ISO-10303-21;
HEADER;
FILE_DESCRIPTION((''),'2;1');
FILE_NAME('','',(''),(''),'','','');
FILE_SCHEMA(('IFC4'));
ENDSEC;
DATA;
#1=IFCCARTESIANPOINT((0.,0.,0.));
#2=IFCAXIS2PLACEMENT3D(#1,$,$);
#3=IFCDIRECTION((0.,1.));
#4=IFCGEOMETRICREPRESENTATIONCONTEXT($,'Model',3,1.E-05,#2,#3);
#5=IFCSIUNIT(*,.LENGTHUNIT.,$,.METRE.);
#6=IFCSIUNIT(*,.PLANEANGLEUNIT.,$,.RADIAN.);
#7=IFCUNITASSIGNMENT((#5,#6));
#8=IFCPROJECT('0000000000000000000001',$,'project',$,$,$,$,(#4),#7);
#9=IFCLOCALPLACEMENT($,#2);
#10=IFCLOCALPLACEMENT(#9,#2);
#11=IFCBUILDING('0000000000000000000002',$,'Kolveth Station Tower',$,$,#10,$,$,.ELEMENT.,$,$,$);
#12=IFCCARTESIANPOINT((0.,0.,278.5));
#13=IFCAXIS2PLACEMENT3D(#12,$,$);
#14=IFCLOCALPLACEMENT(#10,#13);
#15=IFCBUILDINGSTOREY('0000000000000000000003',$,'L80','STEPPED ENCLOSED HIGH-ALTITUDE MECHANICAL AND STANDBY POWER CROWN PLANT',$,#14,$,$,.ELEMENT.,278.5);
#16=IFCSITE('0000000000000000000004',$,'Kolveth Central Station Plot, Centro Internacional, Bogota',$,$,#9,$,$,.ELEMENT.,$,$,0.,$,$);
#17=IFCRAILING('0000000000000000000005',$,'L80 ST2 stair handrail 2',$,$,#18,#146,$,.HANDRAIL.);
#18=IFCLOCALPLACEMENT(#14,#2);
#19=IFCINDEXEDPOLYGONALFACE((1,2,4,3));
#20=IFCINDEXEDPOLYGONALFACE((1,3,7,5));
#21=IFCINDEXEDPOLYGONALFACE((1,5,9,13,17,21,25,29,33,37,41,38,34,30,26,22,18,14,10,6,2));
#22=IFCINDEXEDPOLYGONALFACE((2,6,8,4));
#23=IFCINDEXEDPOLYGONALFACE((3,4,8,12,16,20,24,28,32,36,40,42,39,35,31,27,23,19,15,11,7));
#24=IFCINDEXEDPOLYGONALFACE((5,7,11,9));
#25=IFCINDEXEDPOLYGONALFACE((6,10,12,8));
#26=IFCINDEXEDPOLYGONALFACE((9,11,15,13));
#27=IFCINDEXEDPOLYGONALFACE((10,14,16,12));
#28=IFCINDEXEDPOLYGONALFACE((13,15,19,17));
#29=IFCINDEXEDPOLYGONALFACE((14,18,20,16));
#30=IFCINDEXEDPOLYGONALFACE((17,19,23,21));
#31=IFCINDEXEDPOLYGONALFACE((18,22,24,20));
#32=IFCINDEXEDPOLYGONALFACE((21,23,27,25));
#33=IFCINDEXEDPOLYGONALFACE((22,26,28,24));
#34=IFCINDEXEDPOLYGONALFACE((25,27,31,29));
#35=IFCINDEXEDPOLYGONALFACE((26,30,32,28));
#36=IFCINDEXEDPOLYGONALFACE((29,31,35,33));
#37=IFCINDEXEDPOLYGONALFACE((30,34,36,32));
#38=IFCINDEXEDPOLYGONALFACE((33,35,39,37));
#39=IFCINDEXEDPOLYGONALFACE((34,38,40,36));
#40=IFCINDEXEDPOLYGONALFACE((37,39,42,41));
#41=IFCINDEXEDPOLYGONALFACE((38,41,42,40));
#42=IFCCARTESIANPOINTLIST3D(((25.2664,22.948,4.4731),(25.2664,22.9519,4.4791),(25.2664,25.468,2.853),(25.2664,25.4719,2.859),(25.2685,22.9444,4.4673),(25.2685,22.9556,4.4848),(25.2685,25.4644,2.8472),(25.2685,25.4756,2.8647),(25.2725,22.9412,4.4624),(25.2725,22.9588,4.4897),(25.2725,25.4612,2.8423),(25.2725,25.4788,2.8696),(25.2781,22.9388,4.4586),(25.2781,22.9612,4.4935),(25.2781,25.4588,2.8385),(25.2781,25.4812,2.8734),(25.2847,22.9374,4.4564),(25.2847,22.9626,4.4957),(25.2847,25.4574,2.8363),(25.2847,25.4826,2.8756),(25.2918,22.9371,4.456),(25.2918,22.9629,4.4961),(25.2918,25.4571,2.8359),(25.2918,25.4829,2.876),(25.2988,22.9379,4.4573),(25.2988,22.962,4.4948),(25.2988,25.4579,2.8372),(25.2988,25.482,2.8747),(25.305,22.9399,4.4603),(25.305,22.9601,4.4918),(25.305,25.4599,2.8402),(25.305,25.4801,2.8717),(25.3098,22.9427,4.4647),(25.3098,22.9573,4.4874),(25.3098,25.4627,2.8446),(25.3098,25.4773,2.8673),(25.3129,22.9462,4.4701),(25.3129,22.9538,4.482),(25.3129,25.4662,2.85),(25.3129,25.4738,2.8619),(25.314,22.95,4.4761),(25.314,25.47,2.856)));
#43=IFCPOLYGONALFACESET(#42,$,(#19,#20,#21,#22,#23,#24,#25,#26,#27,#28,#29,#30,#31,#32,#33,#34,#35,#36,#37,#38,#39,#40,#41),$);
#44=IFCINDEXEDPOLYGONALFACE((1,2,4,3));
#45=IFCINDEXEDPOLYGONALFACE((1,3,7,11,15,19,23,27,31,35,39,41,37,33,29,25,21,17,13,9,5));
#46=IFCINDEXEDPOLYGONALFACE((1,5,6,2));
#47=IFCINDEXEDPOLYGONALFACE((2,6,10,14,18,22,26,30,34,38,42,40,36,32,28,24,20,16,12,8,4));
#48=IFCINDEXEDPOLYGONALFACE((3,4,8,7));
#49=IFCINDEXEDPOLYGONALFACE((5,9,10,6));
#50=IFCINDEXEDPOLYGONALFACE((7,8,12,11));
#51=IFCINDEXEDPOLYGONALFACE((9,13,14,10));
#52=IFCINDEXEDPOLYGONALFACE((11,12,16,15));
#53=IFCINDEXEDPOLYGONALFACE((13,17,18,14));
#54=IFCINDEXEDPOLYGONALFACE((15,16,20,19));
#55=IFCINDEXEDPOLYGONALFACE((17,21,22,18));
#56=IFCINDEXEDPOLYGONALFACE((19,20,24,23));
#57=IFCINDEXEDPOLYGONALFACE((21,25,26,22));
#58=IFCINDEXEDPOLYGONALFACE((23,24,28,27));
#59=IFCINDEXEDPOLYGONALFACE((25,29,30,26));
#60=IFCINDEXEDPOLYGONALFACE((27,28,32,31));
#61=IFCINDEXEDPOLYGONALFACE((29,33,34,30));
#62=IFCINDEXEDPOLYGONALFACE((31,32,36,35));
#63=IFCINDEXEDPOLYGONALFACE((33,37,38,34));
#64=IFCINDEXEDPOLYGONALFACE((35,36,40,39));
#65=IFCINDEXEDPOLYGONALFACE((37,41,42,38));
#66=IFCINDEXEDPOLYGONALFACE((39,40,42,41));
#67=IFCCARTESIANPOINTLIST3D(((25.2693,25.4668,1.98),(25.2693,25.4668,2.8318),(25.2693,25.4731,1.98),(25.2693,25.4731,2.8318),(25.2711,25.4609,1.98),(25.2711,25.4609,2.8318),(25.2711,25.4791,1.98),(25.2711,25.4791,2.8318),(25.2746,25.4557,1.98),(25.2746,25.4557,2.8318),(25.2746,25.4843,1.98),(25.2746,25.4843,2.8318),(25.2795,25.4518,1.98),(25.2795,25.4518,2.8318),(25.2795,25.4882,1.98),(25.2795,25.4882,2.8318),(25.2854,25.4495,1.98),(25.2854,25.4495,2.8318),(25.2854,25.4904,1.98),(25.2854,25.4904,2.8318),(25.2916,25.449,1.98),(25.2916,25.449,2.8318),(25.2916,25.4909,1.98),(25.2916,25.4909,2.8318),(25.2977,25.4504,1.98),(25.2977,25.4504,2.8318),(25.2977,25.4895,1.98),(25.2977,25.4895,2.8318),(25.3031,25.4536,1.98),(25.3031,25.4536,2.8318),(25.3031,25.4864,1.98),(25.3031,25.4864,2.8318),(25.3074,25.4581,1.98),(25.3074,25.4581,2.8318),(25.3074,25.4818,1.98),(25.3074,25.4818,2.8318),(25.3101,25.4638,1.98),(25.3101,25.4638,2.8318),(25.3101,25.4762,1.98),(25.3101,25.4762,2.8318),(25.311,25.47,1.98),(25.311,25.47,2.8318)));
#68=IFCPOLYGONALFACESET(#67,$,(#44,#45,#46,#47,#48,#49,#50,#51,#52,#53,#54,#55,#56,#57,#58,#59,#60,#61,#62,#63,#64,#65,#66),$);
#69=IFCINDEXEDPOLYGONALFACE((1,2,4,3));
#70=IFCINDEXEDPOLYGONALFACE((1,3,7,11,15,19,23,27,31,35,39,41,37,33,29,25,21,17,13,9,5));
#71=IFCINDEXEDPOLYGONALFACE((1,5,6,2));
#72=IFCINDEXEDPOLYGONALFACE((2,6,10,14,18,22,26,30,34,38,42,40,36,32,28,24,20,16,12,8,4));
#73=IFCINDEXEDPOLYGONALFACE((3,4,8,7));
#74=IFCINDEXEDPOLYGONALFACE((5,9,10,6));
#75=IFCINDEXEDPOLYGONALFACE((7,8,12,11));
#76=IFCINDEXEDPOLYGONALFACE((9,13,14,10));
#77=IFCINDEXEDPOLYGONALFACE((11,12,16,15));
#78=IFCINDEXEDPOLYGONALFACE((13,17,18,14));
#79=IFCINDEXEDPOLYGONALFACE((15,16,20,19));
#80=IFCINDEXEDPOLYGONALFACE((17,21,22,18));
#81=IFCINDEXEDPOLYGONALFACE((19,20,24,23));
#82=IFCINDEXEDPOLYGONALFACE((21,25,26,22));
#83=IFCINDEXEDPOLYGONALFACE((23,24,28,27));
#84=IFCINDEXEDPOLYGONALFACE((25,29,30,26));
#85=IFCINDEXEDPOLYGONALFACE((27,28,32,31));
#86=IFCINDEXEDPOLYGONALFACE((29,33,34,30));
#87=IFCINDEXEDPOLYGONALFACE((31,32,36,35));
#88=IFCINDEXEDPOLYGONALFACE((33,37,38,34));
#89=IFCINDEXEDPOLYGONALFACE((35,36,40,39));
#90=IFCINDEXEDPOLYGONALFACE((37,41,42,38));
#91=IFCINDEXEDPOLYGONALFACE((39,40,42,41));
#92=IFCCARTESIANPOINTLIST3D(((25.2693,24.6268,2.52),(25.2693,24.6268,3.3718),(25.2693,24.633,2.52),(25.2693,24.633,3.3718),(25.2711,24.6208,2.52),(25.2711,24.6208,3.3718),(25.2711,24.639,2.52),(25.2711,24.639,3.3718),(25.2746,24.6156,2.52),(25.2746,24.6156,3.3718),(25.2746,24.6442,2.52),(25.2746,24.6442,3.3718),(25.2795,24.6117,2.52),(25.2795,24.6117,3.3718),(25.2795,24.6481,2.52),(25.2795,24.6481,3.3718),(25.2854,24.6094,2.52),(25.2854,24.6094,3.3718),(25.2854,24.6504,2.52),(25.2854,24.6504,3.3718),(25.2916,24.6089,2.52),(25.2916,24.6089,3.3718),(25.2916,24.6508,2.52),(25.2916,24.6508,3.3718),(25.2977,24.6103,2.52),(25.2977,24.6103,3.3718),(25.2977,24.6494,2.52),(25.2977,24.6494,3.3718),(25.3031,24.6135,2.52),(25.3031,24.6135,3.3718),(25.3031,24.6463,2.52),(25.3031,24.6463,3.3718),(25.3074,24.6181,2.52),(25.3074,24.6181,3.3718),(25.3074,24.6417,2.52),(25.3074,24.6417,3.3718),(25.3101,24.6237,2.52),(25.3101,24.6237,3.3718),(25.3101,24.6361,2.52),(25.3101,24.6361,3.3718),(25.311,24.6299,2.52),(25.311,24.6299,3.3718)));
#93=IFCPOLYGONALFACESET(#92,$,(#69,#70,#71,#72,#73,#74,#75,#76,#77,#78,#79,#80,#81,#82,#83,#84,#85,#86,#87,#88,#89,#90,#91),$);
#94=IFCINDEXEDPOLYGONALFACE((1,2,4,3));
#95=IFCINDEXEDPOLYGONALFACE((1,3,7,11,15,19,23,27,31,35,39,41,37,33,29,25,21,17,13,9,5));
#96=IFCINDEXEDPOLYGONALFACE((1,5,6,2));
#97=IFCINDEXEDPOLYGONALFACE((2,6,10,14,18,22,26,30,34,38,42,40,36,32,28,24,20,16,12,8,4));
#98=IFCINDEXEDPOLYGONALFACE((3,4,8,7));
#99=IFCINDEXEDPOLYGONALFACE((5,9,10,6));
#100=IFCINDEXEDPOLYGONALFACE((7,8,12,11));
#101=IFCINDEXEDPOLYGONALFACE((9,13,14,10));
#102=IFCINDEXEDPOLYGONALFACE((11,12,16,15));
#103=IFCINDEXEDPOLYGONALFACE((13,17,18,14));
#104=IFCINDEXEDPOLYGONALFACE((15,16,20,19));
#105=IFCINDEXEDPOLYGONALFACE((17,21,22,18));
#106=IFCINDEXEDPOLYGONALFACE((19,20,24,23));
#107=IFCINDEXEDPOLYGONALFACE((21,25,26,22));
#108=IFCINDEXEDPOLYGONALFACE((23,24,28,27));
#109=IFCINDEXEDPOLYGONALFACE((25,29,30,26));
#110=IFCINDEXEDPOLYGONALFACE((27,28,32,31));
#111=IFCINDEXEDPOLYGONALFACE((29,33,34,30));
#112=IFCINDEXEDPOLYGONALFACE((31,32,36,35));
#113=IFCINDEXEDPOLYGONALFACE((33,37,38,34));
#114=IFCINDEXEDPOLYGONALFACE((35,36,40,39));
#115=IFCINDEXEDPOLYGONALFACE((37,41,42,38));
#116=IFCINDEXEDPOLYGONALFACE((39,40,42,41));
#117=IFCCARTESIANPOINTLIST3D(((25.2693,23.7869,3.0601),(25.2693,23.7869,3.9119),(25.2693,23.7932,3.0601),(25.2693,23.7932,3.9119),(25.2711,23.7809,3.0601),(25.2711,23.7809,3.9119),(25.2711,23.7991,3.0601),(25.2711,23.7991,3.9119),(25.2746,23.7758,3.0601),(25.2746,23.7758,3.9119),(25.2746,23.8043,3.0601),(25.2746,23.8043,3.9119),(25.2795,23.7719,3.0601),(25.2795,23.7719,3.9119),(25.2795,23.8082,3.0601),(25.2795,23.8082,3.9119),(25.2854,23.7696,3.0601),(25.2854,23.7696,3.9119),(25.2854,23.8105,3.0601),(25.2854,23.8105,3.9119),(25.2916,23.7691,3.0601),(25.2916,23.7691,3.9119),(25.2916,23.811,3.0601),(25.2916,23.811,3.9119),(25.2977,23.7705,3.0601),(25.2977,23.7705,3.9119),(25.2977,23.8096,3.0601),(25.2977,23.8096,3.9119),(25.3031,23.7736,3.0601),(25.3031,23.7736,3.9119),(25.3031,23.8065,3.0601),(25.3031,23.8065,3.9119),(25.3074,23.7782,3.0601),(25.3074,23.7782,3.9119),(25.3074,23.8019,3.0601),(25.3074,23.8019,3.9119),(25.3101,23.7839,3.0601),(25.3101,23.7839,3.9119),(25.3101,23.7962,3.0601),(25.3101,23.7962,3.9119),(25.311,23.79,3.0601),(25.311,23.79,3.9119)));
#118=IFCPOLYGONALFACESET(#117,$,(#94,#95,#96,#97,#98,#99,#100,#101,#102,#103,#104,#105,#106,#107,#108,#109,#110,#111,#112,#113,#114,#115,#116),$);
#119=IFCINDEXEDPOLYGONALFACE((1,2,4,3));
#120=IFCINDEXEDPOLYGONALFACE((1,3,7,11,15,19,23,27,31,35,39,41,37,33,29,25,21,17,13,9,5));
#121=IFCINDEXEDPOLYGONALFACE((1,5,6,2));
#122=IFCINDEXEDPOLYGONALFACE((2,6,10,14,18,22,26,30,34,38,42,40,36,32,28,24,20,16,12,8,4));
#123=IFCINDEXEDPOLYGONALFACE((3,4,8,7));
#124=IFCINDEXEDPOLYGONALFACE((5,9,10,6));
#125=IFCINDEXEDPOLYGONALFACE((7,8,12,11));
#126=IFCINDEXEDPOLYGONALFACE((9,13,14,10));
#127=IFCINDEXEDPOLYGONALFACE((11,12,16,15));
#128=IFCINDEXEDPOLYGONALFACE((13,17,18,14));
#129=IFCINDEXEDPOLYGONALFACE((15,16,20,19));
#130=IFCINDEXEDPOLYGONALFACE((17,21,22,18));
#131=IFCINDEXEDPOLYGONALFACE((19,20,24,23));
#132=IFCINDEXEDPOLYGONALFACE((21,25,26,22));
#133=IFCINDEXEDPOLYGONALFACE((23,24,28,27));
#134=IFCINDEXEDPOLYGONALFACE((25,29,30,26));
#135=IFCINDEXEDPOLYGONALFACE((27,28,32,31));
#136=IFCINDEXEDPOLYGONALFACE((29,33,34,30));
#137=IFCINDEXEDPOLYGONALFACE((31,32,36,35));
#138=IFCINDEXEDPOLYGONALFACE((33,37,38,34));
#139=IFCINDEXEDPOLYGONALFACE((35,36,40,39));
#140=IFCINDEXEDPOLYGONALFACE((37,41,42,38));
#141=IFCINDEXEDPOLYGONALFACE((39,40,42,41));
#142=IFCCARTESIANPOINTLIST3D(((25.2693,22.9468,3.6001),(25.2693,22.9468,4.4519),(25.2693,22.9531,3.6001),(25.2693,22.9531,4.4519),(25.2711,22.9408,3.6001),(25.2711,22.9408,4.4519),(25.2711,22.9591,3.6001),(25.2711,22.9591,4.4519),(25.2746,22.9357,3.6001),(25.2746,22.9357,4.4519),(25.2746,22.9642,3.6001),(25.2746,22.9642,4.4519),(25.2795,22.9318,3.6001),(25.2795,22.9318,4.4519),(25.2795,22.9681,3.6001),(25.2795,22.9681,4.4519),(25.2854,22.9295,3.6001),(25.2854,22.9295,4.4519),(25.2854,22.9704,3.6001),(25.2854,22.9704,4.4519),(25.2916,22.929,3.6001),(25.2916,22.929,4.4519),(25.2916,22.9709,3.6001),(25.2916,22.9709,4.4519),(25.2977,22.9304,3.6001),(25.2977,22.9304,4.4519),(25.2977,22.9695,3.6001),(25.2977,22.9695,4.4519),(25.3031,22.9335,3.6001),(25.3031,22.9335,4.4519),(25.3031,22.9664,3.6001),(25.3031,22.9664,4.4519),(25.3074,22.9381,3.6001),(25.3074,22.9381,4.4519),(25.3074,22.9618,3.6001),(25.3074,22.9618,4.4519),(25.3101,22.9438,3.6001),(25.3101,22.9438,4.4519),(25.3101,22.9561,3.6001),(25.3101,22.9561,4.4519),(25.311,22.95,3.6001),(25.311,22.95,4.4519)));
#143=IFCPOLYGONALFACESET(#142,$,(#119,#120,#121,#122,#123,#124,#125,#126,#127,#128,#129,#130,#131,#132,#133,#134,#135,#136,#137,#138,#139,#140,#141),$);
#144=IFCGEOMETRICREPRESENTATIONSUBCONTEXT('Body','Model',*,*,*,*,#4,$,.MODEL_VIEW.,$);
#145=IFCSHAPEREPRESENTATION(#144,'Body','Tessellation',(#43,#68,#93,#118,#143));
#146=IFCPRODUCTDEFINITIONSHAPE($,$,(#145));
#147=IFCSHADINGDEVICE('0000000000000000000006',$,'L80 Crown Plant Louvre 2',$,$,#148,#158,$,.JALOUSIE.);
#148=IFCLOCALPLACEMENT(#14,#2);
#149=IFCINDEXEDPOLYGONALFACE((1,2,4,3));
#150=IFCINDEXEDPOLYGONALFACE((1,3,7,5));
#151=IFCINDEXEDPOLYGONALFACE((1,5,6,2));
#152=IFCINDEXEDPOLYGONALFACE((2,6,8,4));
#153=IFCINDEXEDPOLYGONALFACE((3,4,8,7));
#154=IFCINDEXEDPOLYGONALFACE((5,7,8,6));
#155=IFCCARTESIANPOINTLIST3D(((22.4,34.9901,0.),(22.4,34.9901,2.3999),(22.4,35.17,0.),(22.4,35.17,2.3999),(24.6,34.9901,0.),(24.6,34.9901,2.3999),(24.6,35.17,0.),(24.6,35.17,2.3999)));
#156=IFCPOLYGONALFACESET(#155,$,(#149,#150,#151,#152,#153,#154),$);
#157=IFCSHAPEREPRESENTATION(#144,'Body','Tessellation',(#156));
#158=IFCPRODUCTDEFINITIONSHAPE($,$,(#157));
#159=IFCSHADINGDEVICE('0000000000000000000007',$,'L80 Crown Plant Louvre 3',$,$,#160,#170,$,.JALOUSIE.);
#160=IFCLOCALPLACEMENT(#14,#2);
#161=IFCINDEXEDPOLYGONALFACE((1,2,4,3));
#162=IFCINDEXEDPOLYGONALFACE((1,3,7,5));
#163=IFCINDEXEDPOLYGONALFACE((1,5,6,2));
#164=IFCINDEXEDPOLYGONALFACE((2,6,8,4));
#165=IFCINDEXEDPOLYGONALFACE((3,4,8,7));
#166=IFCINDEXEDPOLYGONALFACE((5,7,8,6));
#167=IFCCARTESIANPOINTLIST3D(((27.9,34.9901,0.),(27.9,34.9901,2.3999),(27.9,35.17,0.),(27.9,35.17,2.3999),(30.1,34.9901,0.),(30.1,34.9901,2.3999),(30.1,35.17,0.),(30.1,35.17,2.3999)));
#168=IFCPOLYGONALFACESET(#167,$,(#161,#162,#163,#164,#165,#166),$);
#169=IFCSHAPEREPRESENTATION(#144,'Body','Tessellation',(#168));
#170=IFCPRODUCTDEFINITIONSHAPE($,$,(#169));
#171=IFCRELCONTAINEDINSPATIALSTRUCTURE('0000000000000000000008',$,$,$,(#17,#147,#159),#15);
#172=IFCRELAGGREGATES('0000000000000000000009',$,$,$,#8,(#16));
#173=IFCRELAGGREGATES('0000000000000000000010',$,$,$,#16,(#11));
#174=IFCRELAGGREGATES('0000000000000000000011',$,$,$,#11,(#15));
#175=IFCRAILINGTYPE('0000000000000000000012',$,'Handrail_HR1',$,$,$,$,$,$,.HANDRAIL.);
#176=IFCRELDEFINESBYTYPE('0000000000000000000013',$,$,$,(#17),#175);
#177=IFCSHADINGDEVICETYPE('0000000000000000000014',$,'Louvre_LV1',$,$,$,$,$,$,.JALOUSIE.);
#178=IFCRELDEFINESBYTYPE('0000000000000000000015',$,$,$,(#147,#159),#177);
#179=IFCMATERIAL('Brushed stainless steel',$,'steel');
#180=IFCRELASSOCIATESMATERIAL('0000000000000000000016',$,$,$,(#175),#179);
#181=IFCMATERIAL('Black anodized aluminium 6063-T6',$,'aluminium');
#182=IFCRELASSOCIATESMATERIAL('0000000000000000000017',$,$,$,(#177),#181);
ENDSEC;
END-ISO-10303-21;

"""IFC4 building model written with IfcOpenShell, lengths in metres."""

from ifc_helpers import new_model, si_unit, direction, frame, origin, origin_2d, place, context, subcontext, project, spatial, rectangle, circle, extrude, source, transform, mapped, material, type_object, element, save


model = new_model("IFC4")

# Units and contexts
model_context = context("Model", 3, precision=1e-05, world=origin(), true_north=direction((0.0, 1.0)))
body_context = subcontext(model_context, "Body", "Model", "MODEL_VIEW")
ifc_project = project(units=[si_unit("LENGTHUNIT", "METRE"), si_unit("PLANEANGLEUNIT", "RADIAN")], contexts=[model_context])

# Site, building, storey
site_placement = place(None, origin())
site = spatial("IfcSite", under=ifc_project, at=site_placement, Name="Kolveth Central Station Plot, Centro Internacional, Bogota", CompositionType="ELEMENT", RefElevation=0.0)
building_placement = place(site_placement, origin())
building = spatial("IfcBuilding", under=site, at=building_placement, Name="Kolveth Station Tower", CompositionType="ELEMENT")
storey_placement = place(building_placement, frame((0.0, 0.0, 278.5)))
storey = spatial("IfcBuildingStorey", under=building, at=storey_placement, Name="L80", Description="STEPPED ENCLOSED HIGH-ALTITUDE MECHANICAL AND STANDBY POWER CROWN PLANT", CompositionType="ELEMENT", Elevation=278.5)

# Railing
ifc_material_1 = material(Name="Brushed stainless steel", Category="steel")
railing_type_1 = type_object("IfcRailingType", Name="Handrail_HR1", PredefinedType="HANDRAIL", material=ifc_material_1)
railing_1_placement = place(storey_placement, frame((25.29, 25.47, 1.98)))
element("IfcRailing", 1, at=railing_1_placement, inside=storey, type_object=railing_type_1, Name="L80 ST2 stair handrail 2", PredefinedType="HANDRAIL", context=body_context, shape_type="SweptSolid", body=[
    extrude(circle(Radius=0.0239, at=origin_2d()), frame((0.0, 0.0, 0.876), z_axis=(0.0, -0.841163, 0.540782), x_axis=(1.0, 0.0, 0.0)), (0.0, 0.0, 1.0), 2.9958),
    extrude(circle(Radius=0.021, at=origin_2d()), origin(), (0.0, 0.0, 1.0), 0.8518),
    extrude(circle(Radius=0.021, at=origin_2d()), frame((0.0, -0.8401, 0.54)), (0.0, 0.0, 1.0), 0.8518),
    extrude(circle(Radius=0.021, at=origin_2d()), frame((0.0, -1.6799, 1.0801)), (0.0, 0.0, 1.0), 0.8518),
    extrude(circle(Radius=0.021, at=origin_2d()), frame((0.0, -2.52, 1.6201)), (0.0, 0.0, 1.0), 0.8518),
])

# Shading devices
ifc_material_2 = material(Name="Black anodized aluminium 6063-T6", Category="aluminium")
shading_device_type = type_object("IfcShadingDeviceType", Name="Louvre_LV1", PredefinedType="JALOUSIE", material=ifc_material_2)
shared_shape_1 = source(origin(), body_context, "Body", "SweptSolid", [
    extrude(rectangle(XDim=2.2, YDim=0.1799, at=origin_2d()), origin(), (0.0, 0.0, 1.0), 2.3999),
])
for number, where, z_axis, x_axis, name in (
    (2, (23.5, 35.0801, 0.0), (0.0, 0.0, 1.0), (1.0, 0.0, 0.0), "L80 Crown Plant Louvre 2"),
    (3, (29.0, 35.0801, 0.0), (0.0, 0.0, 1.0), (1.0, 0.0, 0.0), "L80 Crown Plant Louvre 3"),
):
    element("IfcShadingDevice", number, at=place(storey_placement, frame(where, z_axis=z_axis, x_axis=x_axis)), inside=storey, type_object=shading_device_type, Name=name, PredefinedType="JALOUSIE", context=body_context, shape_type="MappedRepresentation", body=[
        mapped(shared_shape_1, transform((0.0, 0.0, 0.0), x_axis=(1.0, 0.0, 0.0), y_axis=(0.0, 1.0, 0.0), z_axis=(0.0, 0.0, 1.0), scale=1.0)),
    ])

save(model, "model.ifc")
